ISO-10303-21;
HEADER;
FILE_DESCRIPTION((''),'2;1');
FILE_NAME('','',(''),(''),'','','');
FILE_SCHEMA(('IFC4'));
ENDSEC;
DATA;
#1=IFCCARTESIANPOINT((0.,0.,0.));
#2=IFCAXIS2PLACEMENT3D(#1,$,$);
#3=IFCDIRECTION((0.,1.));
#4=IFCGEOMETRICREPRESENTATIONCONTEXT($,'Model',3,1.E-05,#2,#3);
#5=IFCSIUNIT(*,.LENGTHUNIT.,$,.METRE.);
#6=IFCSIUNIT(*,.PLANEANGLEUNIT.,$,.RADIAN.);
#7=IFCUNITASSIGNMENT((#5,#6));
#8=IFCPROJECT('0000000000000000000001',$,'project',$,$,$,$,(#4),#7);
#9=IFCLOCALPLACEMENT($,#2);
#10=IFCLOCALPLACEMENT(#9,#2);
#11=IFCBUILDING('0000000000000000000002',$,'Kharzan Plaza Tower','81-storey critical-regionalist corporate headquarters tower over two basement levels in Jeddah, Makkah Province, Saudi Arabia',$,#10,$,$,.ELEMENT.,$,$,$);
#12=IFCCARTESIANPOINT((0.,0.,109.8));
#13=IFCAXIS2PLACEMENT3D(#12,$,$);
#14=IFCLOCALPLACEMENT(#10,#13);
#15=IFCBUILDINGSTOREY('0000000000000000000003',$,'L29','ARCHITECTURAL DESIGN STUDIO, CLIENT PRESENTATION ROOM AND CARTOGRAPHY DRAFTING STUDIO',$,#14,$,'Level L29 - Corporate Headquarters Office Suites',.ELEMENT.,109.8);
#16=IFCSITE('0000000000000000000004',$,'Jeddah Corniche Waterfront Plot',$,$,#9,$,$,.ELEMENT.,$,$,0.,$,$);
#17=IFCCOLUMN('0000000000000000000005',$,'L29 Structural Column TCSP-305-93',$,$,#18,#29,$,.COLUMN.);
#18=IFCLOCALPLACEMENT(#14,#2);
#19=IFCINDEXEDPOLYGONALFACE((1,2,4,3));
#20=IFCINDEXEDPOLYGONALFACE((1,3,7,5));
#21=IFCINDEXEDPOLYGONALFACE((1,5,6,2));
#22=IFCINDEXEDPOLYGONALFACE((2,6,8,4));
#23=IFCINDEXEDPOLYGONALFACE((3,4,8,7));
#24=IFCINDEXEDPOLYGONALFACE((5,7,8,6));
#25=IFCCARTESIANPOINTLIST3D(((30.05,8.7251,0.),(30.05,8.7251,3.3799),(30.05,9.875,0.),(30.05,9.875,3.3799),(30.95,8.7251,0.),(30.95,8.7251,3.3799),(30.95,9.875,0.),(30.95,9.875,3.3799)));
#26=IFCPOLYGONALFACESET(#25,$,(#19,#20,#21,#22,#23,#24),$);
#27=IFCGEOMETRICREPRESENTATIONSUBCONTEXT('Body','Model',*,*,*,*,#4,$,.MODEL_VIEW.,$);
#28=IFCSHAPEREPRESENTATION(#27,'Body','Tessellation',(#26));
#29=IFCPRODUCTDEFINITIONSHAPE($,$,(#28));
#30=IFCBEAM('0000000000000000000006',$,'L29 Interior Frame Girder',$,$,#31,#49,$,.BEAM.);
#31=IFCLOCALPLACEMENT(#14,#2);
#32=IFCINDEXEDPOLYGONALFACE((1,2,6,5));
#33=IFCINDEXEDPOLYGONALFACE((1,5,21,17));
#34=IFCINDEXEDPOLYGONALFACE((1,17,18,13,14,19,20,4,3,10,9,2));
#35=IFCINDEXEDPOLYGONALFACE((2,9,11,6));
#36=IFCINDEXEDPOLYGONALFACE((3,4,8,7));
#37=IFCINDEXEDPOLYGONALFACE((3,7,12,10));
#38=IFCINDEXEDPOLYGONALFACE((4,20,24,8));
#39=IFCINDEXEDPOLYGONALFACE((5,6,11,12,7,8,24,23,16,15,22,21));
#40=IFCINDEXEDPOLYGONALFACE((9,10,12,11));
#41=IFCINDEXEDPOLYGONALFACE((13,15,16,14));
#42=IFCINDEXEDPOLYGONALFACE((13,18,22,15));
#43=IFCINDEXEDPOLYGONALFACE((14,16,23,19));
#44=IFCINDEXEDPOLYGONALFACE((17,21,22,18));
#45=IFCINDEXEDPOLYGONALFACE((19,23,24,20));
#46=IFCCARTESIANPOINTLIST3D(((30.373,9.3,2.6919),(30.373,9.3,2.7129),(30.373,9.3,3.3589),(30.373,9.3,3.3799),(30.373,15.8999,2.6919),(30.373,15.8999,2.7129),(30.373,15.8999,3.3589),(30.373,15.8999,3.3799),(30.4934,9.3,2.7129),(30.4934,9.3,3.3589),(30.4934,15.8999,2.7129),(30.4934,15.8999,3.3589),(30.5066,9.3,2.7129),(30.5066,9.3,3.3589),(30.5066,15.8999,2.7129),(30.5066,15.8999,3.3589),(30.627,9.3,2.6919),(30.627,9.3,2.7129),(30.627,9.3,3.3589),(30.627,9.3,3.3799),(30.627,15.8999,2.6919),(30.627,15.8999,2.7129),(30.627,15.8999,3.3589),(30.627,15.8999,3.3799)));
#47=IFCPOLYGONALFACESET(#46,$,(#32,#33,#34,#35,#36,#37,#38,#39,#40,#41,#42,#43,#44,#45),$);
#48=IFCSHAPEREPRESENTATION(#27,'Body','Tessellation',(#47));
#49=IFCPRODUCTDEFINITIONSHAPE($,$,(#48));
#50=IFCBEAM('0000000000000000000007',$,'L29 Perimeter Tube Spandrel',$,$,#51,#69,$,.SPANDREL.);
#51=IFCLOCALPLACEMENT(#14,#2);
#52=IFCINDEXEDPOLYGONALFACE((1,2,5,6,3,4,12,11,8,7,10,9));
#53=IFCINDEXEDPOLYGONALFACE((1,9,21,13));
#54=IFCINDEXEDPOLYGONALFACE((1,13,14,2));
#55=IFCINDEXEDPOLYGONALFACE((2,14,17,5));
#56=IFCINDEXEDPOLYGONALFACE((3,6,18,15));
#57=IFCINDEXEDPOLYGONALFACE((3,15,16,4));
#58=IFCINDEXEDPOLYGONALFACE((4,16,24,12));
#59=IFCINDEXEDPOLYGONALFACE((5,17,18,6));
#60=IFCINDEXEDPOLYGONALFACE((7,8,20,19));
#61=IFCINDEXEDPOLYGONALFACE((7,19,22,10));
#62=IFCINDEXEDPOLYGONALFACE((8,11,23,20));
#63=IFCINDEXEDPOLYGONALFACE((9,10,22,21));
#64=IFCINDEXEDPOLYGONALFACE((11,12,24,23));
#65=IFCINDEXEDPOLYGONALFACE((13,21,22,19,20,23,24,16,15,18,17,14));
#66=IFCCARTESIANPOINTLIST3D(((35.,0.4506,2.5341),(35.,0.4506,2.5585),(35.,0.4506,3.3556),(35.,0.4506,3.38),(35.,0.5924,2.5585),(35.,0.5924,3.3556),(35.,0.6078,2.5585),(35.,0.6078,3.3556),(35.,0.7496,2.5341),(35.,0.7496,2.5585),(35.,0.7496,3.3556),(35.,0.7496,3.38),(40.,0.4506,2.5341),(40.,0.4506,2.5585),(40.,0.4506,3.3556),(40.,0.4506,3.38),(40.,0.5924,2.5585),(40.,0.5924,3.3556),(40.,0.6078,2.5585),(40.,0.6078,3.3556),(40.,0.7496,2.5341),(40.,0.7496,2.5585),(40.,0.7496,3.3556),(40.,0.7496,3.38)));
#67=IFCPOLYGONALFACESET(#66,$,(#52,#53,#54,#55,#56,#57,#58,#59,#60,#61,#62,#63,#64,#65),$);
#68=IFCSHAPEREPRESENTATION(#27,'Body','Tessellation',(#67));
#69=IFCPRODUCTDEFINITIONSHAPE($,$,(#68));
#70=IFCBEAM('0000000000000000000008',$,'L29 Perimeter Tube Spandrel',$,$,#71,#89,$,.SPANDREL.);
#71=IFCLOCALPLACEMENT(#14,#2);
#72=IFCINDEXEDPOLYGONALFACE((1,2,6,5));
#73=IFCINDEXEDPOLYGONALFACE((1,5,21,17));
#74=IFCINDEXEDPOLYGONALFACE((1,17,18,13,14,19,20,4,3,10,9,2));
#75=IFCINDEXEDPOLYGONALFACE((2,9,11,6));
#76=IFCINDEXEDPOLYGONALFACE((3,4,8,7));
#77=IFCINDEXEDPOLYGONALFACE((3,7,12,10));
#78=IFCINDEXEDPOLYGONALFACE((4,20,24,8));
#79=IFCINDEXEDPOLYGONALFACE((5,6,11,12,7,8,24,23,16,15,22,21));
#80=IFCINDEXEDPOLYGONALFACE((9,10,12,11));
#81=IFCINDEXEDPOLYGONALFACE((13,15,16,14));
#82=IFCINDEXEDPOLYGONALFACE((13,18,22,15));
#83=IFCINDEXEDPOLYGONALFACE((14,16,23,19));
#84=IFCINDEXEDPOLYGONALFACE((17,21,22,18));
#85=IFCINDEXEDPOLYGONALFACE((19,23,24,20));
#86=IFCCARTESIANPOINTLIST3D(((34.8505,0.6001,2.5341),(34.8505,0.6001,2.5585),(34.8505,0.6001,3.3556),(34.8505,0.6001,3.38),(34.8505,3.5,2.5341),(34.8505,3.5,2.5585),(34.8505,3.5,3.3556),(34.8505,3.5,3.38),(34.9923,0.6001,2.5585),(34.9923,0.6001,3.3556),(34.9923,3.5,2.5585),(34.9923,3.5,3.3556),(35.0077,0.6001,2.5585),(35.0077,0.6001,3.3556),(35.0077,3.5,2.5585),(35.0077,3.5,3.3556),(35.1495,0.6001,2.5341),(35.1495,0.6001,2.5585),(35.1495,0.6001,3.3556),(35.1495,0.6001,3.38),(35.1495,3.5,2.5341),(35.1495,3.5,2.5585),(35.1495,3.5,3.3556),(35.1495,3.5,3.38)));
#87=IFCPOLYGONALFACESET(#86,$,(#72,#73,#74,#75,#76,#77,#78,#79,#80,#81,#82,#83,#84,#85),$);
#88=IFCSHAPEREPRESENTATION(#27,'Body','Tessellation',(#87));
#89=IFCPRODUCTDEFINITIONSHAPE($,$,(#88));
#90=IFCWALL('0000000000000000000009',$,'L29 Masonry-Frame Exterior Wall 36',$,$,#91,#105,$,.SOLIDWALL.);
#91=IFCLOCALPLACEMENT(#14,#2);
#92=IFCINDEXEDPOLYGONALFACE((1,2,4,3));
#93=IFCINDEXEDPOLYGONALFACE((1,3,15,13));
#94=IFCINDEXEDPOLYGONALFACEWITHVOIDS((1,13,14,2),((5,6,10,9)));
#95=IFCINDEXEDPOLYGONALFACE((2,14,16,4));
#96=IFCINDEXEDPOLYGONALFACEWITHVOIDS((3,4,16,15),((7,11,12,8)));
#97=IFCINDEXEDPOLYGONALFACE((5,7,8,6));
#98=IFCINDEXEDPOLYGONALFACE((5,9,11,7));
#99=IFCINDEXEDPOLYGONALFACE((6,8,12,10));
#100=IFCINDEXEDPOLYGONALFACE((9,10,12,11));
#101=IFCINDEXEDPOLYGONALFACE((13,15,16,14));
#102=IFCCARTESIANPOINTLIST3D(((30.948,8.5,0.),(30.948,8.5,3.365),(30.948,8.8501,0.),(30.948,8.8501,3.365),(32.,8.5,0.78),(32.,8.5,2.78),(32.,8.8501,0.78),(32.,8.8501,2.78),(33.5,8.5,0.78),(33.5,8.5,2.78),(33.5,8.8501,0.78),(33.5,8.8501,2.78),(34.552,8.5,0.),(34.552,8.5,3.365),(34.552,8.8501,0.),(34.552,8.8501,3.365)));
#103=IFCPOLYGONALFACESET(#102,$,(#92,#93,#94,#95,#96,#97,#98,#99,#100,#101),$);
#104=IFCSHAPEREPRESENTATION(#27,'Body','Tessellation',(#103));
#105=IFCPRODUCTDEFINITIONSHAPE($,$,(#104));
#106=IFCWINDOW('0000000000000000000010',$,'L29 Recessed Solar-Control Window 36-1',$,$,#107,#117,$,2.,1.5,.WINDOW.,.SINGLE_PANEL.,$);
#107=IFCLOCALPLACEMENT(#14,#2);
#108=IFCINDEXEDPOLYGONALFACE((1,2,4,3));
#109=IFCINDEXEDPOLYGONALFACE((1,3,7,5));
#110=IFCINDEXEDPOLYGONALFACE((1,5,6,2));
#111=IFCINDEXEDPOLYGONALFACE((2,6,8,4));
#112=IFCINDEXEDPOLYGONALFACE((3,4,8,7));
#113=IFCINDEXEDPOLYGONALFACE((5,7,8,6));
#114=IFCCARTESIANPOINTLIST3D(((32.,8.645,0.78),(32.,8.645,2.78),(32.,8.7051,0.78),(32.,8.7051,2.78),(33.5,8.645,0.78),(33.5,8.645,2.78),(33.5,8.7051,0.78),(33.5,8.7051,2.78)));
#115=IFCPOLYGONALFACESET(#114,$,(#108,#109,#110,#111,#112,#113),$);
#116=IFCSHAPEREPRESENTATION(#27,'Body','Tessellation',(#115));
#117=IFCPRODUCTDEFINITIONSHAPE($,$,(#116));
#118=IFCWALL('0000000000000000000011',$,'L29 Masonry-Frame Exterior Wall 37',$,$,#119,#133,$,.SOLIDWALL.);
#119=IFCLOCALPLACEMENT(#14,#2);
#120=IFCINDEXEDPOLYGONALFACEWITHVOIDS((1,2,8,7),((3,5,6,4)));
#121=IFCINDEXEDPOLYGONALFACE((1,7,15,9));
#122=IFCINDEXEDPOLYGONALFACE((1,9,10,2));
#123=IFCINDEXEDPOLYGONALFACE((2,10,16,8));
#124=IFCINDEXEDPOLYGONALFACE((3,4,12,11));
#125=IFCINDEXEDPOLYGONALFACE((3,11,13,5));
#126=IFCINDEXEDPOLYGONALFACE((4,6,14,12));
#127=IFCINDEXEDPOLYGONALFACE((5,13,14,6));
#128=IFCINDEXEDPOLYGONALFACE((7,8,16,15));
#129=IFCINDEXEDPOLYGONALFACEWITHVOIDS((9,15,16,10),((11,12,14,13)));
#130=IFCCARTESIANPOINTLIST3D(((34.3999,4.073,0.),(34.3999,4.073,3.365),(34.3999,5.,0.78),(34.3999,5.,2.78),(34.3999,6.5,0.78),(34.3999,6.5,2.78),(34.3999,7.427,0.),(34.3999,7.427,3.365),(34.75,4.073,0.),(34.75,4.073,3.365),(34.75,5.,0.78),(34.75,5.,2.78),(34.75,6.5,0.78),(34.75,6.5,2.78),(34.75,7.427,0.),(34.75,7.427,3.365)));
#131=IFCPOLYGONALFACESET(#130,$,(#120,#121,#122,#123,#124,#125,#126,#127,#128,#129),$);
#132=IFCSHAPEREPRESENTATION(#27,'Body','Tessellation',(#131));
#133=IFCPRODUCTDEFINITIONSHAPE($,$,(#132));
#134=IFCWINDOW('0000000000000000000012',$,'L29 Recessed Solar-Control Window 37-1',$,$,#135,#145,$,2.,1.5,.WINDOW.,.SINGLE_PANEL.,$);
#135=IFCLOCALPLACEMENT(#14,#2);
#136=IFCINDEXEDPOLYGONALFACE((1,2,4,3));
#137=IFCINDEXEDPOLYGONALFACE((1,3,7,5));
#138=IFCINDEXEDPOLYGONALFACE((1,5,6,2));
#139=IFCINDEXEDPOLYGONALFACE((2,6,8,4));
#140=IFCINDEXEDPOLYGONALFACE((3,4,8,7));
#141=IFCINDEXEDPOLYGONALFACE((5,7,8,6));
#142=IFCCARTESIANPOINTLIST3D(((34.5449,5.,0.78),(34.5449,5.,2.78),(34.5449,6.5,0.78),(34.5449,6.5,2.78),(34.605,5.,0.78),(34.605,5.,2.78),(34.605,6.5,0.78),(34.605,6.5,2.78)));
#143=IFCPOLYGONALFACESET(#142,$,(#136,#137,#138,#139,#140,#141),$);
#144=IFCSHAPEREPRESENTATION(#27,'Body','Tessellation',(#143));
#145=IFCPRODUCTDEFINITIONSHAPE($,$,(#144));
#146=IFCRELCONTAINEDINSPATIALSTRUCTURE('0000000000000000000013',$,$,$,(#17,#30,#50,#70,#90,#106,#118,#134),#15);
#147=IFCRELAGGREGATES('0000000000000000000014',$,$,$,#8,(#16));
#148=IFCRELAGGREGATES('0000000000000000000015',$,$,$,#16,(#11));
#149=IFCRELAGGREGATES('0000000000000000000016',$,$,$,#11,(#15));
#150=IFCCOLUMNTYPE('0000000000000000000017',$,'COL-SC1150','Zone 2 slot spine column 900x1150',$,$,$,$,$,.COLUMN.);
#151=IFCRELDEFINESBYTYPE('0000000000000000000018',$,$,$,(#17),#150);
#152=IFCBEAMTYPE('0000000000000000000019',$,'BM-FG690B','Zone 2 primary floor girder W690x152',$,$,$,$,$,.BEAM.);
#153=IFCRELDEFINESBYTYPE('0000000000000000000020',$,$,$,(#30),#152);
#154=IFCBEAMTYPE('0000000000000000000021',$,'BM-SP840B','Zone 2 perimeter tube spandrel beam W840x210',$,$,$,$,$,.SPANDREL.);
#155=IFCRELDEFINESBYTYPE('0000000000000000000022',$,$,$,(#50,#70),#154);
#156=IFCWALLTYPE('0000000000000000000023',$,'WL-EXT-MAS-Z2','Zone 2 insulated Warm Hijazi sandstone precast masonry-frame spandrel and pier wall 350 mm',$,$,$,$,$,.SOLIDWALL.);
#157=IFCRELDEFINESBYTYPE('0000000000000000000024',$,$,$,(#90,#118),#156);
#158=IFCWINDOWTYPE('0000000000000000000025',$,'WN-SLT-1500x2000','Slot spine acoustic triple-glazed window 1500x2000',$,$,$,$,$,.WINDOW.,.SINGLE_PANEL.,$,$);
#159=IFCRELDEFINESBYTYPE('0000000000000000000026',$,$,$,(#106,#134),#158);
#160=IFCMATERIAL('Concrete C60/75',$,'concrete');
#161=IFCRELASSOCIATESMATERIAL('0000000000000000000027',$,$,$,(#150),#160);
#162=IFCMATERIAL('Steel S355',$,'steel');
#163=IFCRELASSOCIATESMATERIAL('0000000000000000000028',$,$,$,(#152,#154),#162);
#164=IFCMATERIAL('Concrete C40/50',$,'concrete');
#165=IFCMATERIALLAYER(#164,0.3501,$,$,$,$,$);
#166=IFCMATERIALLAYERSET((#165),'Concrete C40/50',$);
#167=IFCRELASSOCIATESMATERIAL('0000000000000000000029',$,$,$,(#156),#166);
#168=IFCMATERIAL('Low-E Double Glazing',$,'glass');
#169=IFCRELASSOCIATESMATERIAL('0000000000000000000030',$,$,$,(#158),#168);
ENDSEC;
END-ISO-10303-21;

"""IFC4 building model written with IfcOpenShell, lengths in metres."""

from ifc_helpers import new_model, si_unit, direction, frame, frame_2d, origin, origin_2d, place, context, subcontext, project, spatial, rectangle, i_section, extrude, source, transform, mapped, material, layer, layer_set, material_profile, profile_set, type_object, element, fill, save


model = new_model("IFC4")

# Units and contexts
model_context = context("Model", 3, precision=1e-05, world=origin(), true_north=direction((0.0, 1.0)))
body_context = subcontext(model_context, "Body", "Model", "MODEL_VIEW")
ifc_project = project(units=[si_unit("LENGTHUNIT", "METRE"), si_unit("PLANEANGLEUNIT", "RADIAN")], contexts=[model_context])

# Site, building, storey
site_placement = place(None, origin())
site = spatial("IfcSite", under=ifc_project, at=site_placement, Name="Jeddah Corniche Waterfront Plot", CompositionType="ELEMENT", RefElevation=0.0)
building_placement = place(site_placement, origin())
building = spatial("IfcBuilding", under=site, at=building_placement, Name="Kharzan Plaza Tower", Description="81-storey critical-regionalist corporate headquarters tower over two basement levels in Jeddah, Makkah Province, Saudi Arabia", CompositionType="ELEMENT")
storey_placement = place(building_placement, frame((0.0, 0.0, 109.8)))
storey = spatial("IfcBuildingStorey", under=building, at=storey_placement, Name="L29", Description="ARCHITECTURAL DESIGN STUDIO, CLIENT PRESENTATION ROOM AND CARTOGRAPHY DRAFTING STUDIO", LongName="Level L29 - Corporate Headquarters Office Suites", CompositionType="ELEMENT", Elevation=109.8)

# Column
ifc_material_1 = material(Name="Concrete C60/75", Category="concrete")
ifc_material_profile_1 = material_profile(ifc_material_1, rectangle(XDim=0.8999, YDim=1.1499, at=origin_2d()), Name="RC-SC1150x900")
ifc_profile_set_1 = profile_set([ifc_material_profile_1], Name="Concrete C60/75")
column_type = type_object("IfcColumnType", Name="COL-SC1150", Description="Zone 2 slot spine column 900x1150", PredefinedType="COLUMN", material=ifc_profile_set_1)
shared_shape_1 = source(origin(), body_context, "Body", "SweptSolid", [
    extrude(rectangle(XDim=0.8999, YDim=1.1499, at=origin_2d()), origin(), (0.0, 0.0, 1.0), 3.3799),
])
column_placement = place(storey_placement, frame((30.5, 9.3, 0.0), z_axis=(0.0, 0.0, 1.0), x_axis=(1.0, 0.0, 0.0)))
element("IfcColumn", 1, at=column_placement, inside=storey, type_object=column_type, Name="L29 Structural Column TCSP-305-93", PredefinedType="COLUMN", context=body_context, shape_type="MappedRepresentation", body=[
    mapped(shared_shape_1, transform((0.0, 0.0, 0.0), x_axis=(1.0, 0.0, 0.0), y_axis=(0.0, 1.0, 0.0), z_axis=(0.0, 0.0, 1.0))),
])

# Beams
ifc_material_2 = material(Name="Steel S355", Category="steel")
ifc_material_profile_2 = material_profile(ifc_material_2, i_section(OverallWidth=0.2539, OverallDepth=0.688, WebThickness=0.0132, FlangeThickness=0.021, at=origin_2d()), Name="W690x152")
ifc_profile_set_2 = profile_set([ifc_material_profile_2], Name="Steel S355")
beam_type_1 = type_object("IfcBeamType", Name="BM-FG690B", Description="Zone 2 primary floor girder W690x152", PredefinedType="BEAM", material=ifc_profile_set_2)
shared_shape_2 = source(origin(), body_context, "Body", "SweptSolid", [
    extrude(i_section(OverallWidth=0.2539, OverallDepth=0.688, WebThickness=0.0132, FlangeThickness=0.021, at=origin_2d()), origin(), (0.0, 0.0, 1.0), 6.5999),
])
beam_1_placement = place(storey_placement, frame((30.5, 9.3, 3.0359), z_axis=(0.0, 1.0, 0.0), x_axis=(-1.0, 0.0, 0.0)))
element("IfcBeam", 2, at=beam_1_placement, inside=storey, type_object=beam_type_1, Name="L29 Interior Frame Girder", PredefinedType="BEAM", context=body_context, shape_type="MappedRepresentation", body=[
    mapped(shared_shape_2, transform((0.0, 0.0, 0.0), x_axis=(1.0, 0.0, 0.0), y_axis=(0.0, 1.0, 0.0), z_axis=(0.0, 0.0, 1.0))),
])
ifc_material_profile_3 = material_profile(ifc_material_2, i_section(OverallWidth=0.2991, OverallDepth=0.8459, WebThickness=0.0154, FlangeThickness=0.0244, at=origin_2d()), Name="W840x210")
ifc_profile_set_3 = profile_set([ifc_material_profile_3], Name="Steel S355")
beam_type_2 = type_object("IfcBeamType", Name="BM-SP840B", Description="Zone 2 perimeter tube spandrel beam W840x210", PredefinedType="SPANDREL", material=ifc_profile_set_3)
shared_shape_3 = source(origin(), body_context, "Body", "SweptSolid", [
    extrude(i_section(OverallWidth=0.2991, OverallDepth=0.8459, WebThickness=0.0154, FlangeThickness=0.0244, at=origin_2d()), origin(), (0.0, 0.0, 1.0), 5.0),
])
beam_2_placement = place(storey_placement, frame((35.0, 0.6001, 2.957), z_axis=(1.0, 0.0, 0.0), x_axis=(0.0, 1.0, 0.0)))
element("IfcBeam", 3, at=beam_2_placement, inside=storey, type_object=beam_type_2, Name="L29 Perimeter Tube Spandrel", PredefinedType="SPANDREL", context=body_context, shape_type="MappedRepresentation", body=[
    mapped(shared_shape_3, transform((0.0, 0.0, 0.0), x_axis=(1.0, 0.0, 0.0), y_axis=(0.0, 1.0, 0.0), z_axis=(0.0, 0.0, 1.0))),
])
shared_shape_4 = source(origin(), body_context, "Body", "SweptSolid", [
    extrude(i_section(OverallWidth=0.2991, OverallDepth=0.8459, WebThickness=0.0154, FlangeThickness=0.0244, at=origin_2d()), origin(), (0.0, 0.0, 1.0), 2.8999),
])
beam_3_placement = place(storey_placement, frame((35.0, 0.6001, 2.957), z_axis=(0.0, 1.0, 0.0), x_axis=(-1.0, 0.0, 0.0)))
element("IfcBeam", 4, at=beam_3_placement, inside=storey, type_object=beam_type_2, Name="L29 Perimeter Tube Spandrel", PredefinedType="SPANDREL", context=body_context, shape_type="MappedRepresentation", body=[
    mapped(shared_shape_4, transform((0.0, 0.0, 0.0), x_axis=(1.0, 0.0, 0.0), y_axis=(0.0, 1.0, 0.0), z_axis=(0.0, 0.0, 1.0))),
])

# Walls, openings, windows
ifc_material_3 = material(Name="Concrete C40/50", Category="concrete")
ifc_layer_1 = layer(ifc_material_3, 0.3501)
ifc_layer_set_1 = layer_set([ifc_layer_1], Name="Concrete C40/50")
wall_type_1 = type_object("IfcWallType", Name="WL-EXT-MAS-Z2", Description="Zone 2 insulated Warm Hijazi sandstone precast masonry-frame spandrel and pier wall 350 mm", PredefinedType="SOLIDWALL", material=ifc_layer_set_1)
wall_1_placement = place(storey_placement, frame((30.948, 8.675, 0.0), z_axis=(0.0, 0.0, 1.0), x_axis=(1.0, 0.0, 0.0)))
wall_1 = element("IfcWall", 5, at=wall_1_placement, inside=storey, type_object=wall_type_1, Name="L29 Masonry-Frame Exterior Wall 36", PredefinedType="SOLIDWALL", context=body_context, shape_type="SweptSolid", body=[
    extrude(rectangle(XDim=3.604, YDim=0.3501, at=frame_2d((1.802, 0.0))), origin(), (0.0, 0.0, 1.0), 3.365),
])
opening_1_placement = place(wall_1_placement, frame((1.052, 0.0, 0.78)))
opening_1 = element("IfcOpeningElement", 6, at=opening_1_placement, cuts=wall_1, PredefinedType="OPENING", context=body_context, shape_type="SweptSolid", body=[
    extrude(rectangle(XDim=1.5, YDim=2.0, at=frame_2d((0.75, 1.0))), frame((0.0, 0.1851, 0.0), z_axis=(0.0, -1.0, 0.0), x_axis=(1.0, 0.0, 0.0)), (0.0, 0.0, 1.0), 0.3701),
])
ifc_material_4 = material(Name="Low-E Double Glazing", Category="glass")
window_type = type_object("IfcWindowType", Name="WN-SLT-1500x2000", Description="Slot spine acoustic triple-glazed window 1500x2000", PartitioningType="SINGLE_PANEL", PredefinedType="WINDOW", material=ifc_material_4)
shared_shape_5 = source(origin(), body_context, "Body", "SweptSolid", [
    extrude(rectangle(XDim=1.5, YDim=2.0, at=frame_2d((0.75, 1.0))), frame((0.0, 0.03, 0.0), z_axis=(0.0, -1.0, 0.0), x_axis=(1.0, 0.0, 0.0)), (0.0, 0.0, 1.0), 0.0601),
])
window_1_placement = place(opening_1_placement, origin())
window_1 = element("IfcWindow", 7, at=window_1_placement, inside=storey, type_object=window_type, Name="L29 Recessed Solar-Control Window 36-1", OverallHeight=2.0, OverallWidth=1.5, PartitioningType="SINGLE_PANEL", PredefinedType="WINDOW", context=body_context, shape_type="MappedRepresentation", body=[
    mapped(shared_shape_5, transform((0.0, 0.0, 0.0), x_axis=(1.0, 0.0, 0.0), y_axis=(0.0, 1.0, 0.0), z_axis=(0.0, 0.0, 1.0))),
])
fill(opening_1, window_1)
wall_2_placement = place(storey_placement, frame((34.575, 7.427, 0.0), z_axis=(0.0, 0.0, 1.0), x_axis=(0.0, -1.0, 0.0)))
wall_2 = element("IfcWall", 8, at=wall_2_placement, inside=storey, type_object=wall_type_1, Name="L29 Masonry-Frame Exterior Wall 37", PredefinedType="SOLIDWALL", context=body_context, shape_type="SweptSolid", body=[
    extrude(rectangle(XDim=3.354, YDim=0.3501, at=frame_2d((1.677, 0.0))), origin(), (0.0, 0.0, 1.0), 3.365),
])
opening_2_placement = place(wall_2_placement, frame((0.927, 0.0, 0.78)))
opening_2 = element("IfcOpeningElement", 9, at=opening_2_placement, cuts=wall_2, PredefinedType="OPENING", context=body_context, shape_type="SweptSolid", body=[
    extrude(rectangle(XDim=1.5, YDim=2.0, at=frame_2d((0.75, 1.0))), frame((0.0, 0.1851, 0.0), z_axis=(0.0, -1.0, 0.0), x_axis=(1.0, 0.0, 0.0)), (0.0, 0.0, 1.0), 0.3701),
])
window_2_placement = place(opening_2_placement, origin())
window_2 = element("IfcWindow", 10, at=window_2_placement, inside=storey, type_object=window_type, Name="L29 Recessed Solar-Control Window 37-1", OverallHeight=2.0, OverallWidth=1.5, PartitioningType="SINGLE_PANEL", PredefinedType="WINDOW", context=body_context, shape_type="MappedRepresentation", body=[
    mapped(shared_shape_5, transform((0.0, 0.0, 0.0), x_axis=(1.0, 0.0, 0.0), y_axis=(0.0, 1.0, 0.0), z_axis=(0.0, 0.0, 1.0))),
])
fill(opening_2, window_2)

save(model, "model.ifc")
